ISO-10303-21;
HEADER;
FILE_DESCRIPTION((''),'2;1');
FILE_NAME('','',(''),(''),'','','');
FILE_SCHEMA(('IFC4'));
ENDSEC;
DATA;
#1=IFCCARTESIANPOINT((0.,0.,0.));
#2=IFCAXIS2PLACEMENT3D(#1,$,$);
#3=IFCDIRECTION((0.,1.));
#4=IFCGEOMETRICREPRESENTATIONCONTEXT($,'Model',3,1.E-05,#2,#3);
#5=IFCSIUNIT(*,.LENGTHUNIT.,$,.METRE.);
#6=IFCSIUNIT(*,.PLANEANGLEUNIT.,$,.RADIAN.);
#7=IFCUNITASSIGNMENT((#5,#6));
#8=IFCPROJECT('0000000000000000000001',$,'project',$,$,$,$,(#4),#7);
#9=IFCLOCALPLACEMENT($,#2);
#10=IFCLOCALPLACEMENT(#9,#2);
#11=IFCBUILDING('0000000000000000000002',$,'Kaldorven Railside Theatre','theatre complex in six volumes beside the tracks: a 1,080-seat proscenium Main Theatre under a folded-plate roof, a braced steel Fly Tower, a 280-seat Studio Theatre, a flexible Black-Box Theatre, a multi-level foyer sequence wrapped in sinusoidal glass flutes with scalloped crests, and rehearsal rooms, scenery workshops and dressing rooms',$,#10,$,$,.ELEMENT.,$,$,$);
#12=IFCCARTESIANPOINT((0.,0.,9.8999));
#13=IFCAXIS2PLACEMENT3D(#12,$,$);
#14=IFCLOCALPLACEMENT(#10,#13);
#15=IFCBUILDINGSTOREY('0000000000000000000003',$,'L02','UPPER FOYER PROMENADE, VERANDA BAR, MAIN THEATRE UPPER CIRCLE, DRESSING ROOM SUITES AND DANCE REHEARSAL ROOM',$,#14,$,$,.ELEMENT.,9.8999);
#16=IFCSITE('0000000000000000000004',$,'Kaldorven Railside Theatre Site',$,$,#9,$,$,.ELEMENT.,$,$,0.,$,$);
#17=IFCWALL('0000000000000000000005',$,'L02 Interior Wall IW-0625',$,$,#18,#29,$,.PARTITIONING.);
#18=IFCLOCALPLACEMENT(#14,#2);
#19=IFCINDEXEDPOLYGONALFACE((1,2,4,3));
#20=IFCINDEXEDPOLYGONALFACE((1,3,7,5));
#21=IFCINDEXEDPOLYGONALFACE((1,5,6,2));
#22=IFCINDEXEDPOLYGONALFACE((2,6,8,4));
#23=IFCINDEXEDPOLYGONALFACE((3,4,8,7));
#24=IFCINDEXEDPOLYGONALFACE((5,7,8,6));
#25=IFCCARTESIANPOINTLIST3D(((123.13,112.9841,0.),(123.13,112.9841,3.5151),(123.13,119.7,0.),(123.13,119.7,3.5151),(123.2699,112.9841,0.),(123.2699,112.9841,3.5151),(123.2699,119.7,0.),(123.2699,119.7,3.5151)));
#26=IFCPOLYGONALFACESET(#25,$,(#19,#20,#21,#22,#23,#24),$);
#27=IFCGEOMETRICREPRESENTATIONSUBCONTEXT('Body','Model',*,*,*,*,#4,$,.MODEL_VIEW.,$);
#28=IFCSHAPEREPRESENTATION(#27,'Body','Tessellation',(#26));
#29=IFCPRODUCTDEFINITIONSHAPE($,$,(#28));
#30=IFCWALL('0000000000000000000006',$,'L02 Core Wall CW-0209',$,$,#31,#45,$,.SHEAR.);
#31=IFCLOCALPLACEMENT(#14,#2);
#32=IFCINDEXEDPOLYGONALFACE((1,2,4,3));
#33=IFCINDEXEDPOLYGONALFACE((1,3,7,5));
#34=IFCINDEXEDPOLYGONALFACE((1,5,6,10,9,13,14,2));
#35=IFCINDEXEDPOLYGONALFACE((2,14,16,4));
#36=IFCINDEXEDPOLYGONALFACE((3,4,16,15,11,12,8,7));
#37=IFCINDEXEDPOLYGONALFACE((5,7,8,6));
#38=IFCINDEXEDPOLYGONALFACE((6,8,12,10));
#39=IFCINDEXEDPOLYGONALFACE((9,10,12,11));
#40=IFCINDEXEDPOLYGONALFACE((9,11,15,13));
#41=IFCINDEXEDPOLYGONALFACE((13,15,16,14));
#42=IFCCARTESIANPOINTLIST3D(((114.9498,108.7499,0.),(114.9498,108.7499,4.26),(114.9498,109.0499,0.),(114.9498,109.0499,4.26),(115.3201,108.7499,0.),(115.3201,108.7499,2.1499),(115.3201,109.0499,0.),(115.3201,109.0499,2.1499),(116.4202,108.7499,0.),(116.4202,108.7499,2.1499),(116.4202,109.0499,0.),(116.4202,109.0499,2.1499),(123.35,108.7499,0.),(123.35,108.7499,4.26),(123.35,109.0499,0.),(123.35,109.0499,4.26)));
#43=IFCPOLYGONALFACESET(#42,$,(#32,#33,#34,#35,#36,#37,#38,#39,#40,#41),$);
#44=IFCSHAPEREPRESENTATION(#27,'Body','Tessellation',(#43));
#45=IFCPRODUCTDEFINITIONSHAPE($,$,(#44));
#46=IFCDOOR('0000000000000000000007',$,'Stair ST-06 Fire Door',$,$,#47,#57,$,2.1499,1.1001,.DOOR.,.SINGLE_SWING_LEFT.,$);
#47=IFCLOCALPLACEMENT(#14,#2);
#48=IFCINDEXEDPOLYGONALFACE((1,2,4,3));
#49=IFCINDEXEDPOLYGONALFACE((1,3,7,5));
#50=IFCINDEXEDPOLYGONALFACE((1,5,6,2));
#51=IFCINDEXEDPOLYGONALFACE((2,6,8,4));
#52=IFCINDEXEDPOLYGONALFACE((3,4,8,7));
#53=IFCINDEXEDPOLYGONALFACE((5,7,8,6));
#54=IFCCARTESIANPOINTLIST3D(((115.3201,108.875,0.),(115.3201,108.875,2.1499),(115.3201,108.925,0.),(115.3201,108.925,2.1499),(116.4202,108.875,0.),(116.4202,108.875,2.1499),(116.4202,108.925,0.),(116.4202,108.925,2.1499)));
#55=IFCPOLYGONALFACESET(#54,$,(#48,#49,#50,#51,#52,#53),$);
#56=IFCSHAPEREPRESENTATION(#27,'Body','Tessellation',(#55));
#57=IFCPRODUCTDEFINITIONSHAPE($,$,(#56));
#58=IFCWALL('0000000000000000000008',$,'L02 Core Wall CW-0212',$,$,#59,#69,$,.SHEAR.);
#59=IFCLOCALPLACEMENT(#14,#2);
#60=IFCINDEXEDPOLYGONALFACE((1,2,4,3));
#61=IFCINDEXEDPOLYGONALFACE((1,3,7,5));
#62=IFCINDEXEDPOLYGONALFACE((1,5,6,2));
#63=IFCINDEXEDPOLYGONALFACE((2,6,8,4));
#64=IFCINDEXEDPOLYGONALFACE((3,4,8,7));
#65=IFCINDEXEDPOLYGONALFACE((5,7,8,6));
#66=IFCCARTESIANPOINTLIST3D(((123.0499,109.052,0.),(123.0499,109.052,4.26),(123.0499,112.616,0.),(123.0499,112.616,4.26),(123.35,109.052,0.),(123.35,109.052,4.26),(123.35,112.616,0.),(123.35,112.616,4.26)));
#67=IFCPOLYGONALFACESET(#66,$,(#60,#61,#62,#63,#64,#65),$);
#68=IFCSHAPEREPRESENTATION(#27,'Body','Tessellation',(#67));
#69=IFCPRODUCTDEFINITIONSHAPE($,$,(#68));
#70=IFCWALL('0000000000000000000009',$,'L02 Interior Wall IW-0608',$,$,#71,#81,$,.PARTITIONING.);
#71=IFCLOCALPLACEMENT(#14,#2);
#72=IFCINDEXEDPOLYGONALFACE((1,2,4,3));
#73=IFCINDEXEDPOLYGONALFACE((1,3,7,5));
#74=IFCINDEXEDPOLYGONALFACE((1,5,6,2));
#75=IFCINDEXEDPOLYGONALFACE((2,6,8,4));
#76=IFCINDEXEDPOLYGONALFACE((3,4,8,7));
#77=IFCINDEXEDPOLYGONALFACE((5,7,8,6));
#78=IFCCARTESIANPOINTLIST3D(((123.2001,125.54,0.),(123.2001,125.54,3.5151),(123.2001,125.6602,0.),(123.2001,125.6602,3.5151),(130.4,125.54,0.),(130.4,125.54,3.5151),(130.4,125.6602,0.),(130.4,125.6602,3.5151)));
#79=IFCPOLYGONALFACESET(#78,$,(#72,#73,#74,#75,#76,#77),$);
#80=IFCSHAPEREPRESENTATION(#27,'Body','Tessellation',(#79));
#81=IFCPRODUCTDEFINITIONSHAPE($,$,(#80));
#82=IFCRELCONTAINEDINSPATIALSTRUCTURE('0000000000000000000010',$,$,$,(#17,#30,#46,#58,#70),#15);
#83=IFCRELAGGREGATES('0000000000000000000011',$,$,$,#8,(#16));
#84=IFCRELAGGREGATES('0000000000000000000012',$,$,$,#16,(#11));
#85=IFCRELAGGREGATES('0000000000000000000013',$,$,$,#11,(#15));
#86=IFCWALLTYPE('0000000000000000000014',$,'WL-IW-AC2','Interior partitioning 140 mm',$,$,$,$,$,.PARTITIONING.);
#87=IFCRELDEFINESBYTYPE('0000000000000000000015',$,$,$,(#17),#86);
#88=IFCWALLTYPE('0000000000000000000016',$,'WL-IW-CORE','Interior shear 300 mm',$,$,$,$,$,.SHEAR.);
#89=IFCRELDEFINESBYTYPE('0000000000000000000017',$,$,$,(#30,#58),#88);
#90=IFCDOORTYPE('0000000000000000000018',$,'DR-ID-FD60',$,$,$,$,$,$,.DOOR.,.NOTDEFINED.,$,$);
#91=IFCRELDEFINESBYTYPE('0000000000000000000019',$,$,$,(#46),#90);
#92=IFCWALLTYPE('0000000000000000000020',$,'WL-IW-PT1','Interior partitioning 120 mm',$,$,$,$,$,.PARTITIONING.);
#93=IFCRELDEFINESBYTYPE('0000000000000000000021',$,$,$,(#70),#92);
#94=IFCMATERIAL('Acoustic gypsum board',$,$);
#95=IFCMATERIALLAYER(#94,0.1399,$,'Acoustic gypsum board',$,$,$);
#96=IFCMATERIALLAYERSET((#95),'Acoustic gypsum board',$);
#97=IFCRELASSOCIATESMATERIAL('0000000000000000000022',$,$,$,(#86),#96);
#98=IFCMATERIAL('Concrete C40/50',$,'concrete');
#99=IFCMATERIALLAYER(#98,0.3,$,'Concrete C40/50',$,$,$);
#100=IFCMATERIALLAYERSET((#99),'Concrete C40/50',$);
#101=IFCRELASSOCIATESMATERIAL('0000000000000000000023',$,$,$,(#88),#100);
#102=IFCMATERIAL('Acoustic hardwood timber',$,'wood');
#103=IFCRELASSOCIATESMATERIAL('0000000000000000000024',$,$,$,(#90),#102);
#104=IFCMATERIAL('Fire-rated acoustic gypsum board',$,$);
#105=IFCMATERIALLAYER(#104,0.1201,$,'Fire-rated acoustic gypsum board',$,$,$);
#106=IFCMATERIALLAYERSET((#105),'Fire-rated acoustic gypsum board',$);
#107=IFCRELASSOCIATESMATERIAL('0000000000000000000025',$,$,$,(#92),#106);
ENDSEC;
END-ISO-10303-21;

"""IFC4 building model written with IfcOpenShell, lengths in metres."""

from ifc_helpers import new_model, si_unit, direction, frame, frame_2d, origin, place, context, subcontext, project, spatial, rectangle, extrude, material, layer, layer_set, type_object, element, fill, save


model = new_model("IFC4")

# Units and contexts
model_context = context("Model", 3, precision=1e-05, world=origin(), true_north=direction((0.0, 1.0)))
body_context = subcontext(model_context, "Body", "Model", "MODEL_VIEW")
ifc_project = project(units=[si_unit("LENGTHUNIT", "METRE"), si_unit("PLANEANGLEUNIT", "RADIAN")], contexts=[model_context])

# Site, building, storey
site_placement = place(None, origin())
site = spatial("IfcSite", under=ifc_project, at=site_placement, Name="Kaldorven Railside Theatre Site", CompositionType="ELEMENT", RefElevation=0.0)
building_placement = place(site_placement, origin())
building = spatial("IfcBuilding", under=site, at=building_placement, Name="Kaldorven Railside Theatre", Description="theatre complex in six volumes beside the tracks: a 1,080-seat proscenium Main Theatre under a folded-plate roof, a braced steel Fly Tower, a 280-seat Studio Theatre, a flexible Black-Box Theatre, a multi-level foyer sequence wrapped in sinusoidal glass flutes with scalloped crests, and rehearsal rooms, scenery workshops and dressing rooms", CompositionType="ELEMENT")
storey_placement = place(building_placement, frame((0.0, 0.0, 9.8999)))
storey = spatial("IfcBuildingStorey", under=building, at=storey_placement, Name="L02", Description="UPPER FOYER PROMENADE, VERANDA BAR, MAIN THEATRE UPPER CIRCLE, DRESSING ROOM SUITES AND DANCE REHEARSAL ROOM", CompositionType="ELEMENT", Elevation=9.8999)

# Shared definitions
ifc_material_1 = material(Name="Concrete C40/50", Category="concrete")

# Wall
ifc_material_2 = material(Name="Acoustic gypsum board")
ifc_layer_1 = layer(ifc_material_2, 0.1399, Name="Acoustic gypsum board")
ifc_layer_set_1 = layer_set([ifc_layer_1], Name="Acoustic gypsum board")
wall_type_1 = type_object("IfcWallType", Name="WL-IW-AC2", Description="Interior partitioning 140 mm", PredefinedType="PARTITIONING", material=ifc_layer_set_1)
wall_1_placement = place(storey_placement, frame((123.2, 119.7, 0.0), z_axis=(0.0, 0.0, 1.0), x_axis=(0.0, -1.0, 0.0)))
element("IfcWall", 1, at=wall_1_placement, inside=storey, type_object=wall_type_1, Name="L02 Interior Wall IW-0625", PredefinedType="PARTITIONING", context=body_context, shape_type="SweptSolid", body=[
    extrude(rectangle(XDim=6.7158, YDim=0.1399, at=frame_2d((3.3579, 0.0))), origin(), (0.0, 0.0, 1.0), 3.5151),
])

# Wall, opening, door
ifc_layer_2 = layer(ifc_material_1, 0.3, Name="Concrete C40/50")
ifc_layer_set_2 = layer_set([ifc_layer_2], Name="Concrete C40/50")
wall_type_2 = type_object("IfcWallType", Name="WL-IW-CORE", Description="Interior shear 300 mm", PredefinedType="SHEAR", material=ifc_layer_set_2)
wall_2_placement = place(storey_placement, frame((123.3501, 108.8999, 0.0), z_axis=(0.0, 0.0, 1.0), x_axis=(-1.0, 0.0, 0.0)))
wall_2 = element("IfcWall", 2, at=wall_2_placement, inside=storey, type_object=wall_type_2, Name="L02 Core Wall CW-0209", PredefinedType="SHEAR", context=body_context, shape_type="SweptSolid", body=[
    extrude(rectangle(XDim=8.4001, YDim=0.3, at=frame_2d((4.2002, 0.0))), origin(), (0.0, 0.0, 1.0), 4.26),
])
opening_1_placement = place(wall_2_placement, frame((6.9299, 0.0, 0.0)))
opening_1 = element("IfcOpeningElement", 3, at=opening_1_placement, cuts=wall_2, PredefinedType="OPENING", context=body_context, shape_type="SweptSolid", body=[
    extrude(rectangle(XDim=1.1001, YDim=2.1499, at=frame_2d((0.55, 1.075))), frame((0.0, 0.1602, 0.0), z_axis=(0.0, -1.0, 0.0), x_axis=(1.0, 0.0, 0.0)), (0.0, 0.0, 1.0), 0.3201),
])
ifc_material_3 = material(Name="Acoustic hardwood timber", Category="wood")
door_type = type_object("IfcDoorType", Name="DR-ID-FD60", OperationType="NOTDEFINED", PredefinedType="DOOR", material=ifc_material_3)
door_placement = place(opening_1_placement, origin())
door = element("IfcDoor", 4, at=door_placement, inside=storey, type_object=door_type, Name="Stair ST-06 Fire Door", OperationType="SINGLE_SWING_LEFT", OverallHeight=2.1499, OverallWidth=1.1001, PredefinedType="DOOR", context=body_context, shape_type="SweptSolid", body=[
    extrude(rectangle(XDim=1.1001, YDim=2.1499, at=frame_2d((0.55, 1.075))), frame((0.0, 0.0249, 0.0), z_axis=(0.0, -1.0, 0.0), x_axis=(1.0, 0.0, 0.0)), (0.0, 0.0, 1.0), 0.05),
])
fill(opening_1, door)

# Walls
wall_3_placement = place(storey_placement, frame((123.2, 112.616, 0.0), z_axis=(0.0, 0.0, 1.0), x_axis=(0.0, -1.0, 0.0)))
element("IfcWall", 5, at=wall_3_placement, inside=storey, type_object=wall_type_2, Name="L02 Core Wall CW-0212", PredefinedType="SHEAR", context=body_context, shape_type="SweptSolid", body=[
    extrude(rectangle(XDim=3.564, YDim=0.3, at=frame_2d((1.782, 0.0))), origin(), (0.0, 0.0, 1.0), 4.26),
])
ifc_material_4 = material(Name="Fire-rated acoustic gypsum board")
ifc_layer_3 = layer(ifc_material_4, 0.1201, Name="Fire-rated acoustic gypsum board")
ifc_layer_set_3 = layer_set([ifc_layer_3], Name="Fire-rated acoustic gypsum board")
wall_type_3 = type_object("IfcWallType", Name="WL-IW-PT1", Description="Interior partitioning 120 mm", PredefinedType="PARTITIONING", material=ifc_layer_set_3)
wall_4_placement = place(storey_placement, frame((123.2, 125.6001, 0.0), z_axis=(0.0, 0.0, 1.0), x_axis=(1.0, 0.0, 0.0)))
element("IfcWall", 6, at=wall_4_placement, inside=storey, type_object=wall_type_3, Name="L02 Interior Wall IW-0608", PredefinedType="PARTITIONING", context=body_context, shape_type="SweptSolid", body=[
    extrude(rectangle(XDim=7.2, YDim=0.1201, at=frame_2d((3.6001, 0.0))), origin(), (0.0, 0.0, 1.0), 3.5151),
])

save(model, "model.ifc")
